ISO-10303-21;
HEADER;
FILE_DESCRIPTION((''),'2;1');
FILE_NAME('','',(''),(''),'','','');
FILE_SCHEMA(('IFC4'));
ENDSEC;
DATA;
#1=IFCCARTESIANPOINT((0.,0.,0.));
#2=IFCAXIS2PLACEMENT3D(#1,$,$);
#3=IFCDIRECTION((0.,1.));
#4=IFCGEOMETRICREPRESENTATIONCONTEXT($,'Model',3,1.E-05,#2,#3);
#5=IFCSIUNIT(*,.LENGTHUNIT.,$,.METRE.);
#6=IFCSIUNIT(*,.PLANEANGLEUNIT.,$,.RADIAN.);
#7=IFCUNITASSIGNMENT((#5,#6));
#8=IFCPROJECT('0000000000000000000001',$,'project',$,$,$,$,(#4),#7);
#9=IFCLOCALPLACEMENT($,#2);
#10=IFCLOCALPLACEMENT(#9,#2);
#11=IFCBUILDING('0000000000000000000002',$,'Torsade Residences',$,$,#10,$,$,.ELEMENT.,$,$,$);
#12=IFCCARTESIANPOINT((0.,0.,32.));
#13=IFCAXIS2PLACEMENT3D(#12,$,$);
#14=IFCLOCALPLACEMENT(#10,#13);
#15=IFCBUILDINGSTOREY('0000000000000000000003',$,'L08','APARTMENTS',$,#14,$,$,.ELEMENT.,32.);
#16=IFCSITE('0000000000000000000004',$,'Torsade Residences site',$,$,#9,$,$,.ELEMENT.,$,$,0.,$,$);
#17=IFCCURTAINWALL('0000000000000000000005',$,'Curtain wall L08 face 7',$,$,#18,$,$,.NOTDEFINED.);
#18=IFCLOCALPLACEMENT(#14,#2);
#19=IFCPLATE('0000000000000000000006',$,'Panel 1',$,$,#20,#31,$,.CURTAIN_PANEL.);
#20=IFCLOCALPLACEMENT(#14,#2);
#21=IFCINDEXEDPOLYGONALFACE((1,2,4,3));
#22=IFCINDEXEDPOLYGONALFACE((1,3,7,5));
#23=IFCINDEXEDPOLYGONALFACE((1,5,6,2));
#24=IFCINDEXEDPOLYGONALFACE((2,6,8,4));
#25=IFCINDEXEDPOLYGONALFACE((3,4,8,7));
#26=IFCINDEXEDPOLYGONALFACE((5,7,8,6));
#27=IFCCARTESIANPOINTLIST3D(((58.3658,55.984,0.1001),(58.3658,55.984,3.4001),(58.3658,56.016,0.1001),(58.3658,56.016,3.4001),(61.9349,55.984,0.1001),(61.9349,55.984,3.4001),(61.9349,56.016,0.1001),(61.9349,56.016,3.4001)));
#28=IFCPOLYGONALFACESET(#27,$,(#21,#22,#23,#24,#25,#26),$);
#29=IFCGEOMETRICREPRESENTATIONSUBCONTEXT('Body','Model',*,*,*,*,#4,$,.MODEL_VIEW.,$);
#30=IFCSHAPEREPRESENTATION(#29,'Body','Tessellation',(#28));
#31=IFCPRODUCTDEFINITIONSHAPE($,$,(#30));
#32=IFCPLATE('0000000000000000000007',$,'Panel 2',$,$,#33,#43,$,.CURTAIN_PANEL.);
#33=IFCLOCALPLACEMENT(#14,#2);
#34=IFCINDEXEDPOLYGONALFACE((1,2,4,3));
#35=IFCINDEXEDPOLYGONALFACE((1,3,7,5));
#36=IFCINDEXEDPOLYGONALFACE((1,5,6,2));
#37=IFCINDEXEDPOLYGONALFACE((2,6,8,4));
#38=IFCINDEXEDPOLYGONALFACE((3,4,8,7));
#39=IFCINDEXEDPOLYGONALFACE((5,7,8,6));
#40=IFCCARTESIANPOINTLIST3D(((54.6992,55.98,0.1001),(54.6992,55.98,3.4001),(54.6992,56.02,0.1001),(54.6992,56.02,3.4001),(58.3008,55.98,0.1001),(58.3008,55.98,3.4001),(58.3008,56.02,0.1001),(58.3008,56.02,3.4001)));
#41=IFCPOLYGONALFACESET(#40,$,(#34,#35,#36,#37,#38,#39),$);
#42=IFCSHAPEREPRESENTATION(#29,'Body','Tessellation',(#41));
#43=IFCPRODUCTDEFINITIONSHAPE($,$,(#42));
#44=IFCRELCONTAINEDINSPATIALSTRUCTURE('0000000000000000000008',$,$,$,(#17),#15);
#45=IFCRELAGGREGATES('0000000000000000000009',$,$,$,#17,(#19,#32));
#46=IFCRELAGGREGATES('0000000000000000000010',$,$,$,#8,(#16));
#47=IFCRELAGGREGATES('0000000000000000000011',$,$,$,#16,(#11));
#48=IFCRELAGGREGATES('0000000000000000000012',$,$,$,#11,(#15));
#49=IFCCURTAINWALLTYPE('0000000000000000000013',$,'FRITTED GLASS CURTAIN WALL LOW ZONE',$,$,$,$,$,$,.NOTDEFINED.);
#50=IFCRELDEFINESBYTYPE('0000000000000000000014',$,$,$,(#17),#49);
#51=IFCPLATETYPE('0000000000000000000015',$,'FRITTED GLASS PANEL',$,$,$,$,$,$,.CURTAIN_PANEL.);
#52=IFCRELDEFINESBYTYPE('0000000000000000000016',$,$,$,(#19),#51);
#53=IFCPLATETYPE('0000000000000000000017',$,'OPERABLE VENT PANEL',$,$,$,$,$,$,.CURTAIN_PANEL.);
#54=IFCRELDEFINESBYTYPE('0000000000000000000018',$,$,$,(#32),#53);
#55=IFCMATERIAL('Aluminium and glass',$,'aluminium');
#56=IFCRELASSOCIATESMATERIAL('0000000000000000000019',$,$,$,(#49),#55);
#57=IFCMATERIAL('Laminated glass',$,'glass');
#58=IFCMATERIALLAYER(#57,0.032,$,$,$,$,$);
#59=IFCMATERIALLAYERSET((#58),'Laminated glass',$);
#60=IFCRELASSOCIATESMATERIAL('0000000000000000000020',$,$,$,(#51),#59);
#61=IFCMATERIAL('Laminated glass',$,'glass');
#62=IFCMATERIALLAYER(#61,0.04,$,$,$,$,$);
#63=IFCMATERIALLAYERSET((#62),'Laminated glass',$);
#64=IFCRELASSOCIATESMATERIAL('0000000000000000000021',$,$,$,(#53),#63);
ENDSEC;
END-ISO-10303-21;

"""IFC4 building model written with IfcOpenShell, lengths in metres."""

from ifc_helpers import new_model, si_unit, direction, frame, origin, origin_2d, place, context, subcontext, project, spatial, rectangle, extrude, material, layer, layer_set, type_object, element, aggregate, save


model = new_model("IFC4")

# Units and contexts
model_context = context("Model", 3, precision=1e-05, world=origin(), true_north=direction((0.0, 1.0)))
body_context = subcontext(model_context, "Body", "Model", "MODEL_VIEW")
ifc_project = project(units=[si_unit("LENGTHUNIT", "METRE"), si_unit("PLANEANGLEUNIT", "RADIAN")], contexts=[model_context])

# Site, building, storey
site_placement = place(None, origin())
site = spatial("IfcSite", under=ifc_project, at=site_placement, Name="Torsade Residences site", CompositionType="ELEMENT", RefElevation=0.0)
building_placement = place(site_placement, origin())
building = spatial("IfcBuilding", under=site, at=building_placement, Name="Torsade Residences", CompositionType="ELEMENT")
storey_placement = place(building_placement, frame((0.0, 0.0, 32.0)))
storey = spatial("IfcBuildingStorey", under=building, at=storey_placement, Name="L08", Description="APARTMENTS", CompositionType="ELEMENT", Elevation=32.0)

# Curtain wall
ifc_material_1 = material(Name="Aluminium and glass", Category="aluminium")
curtain_wall_type = type_object("IfcCurtainWallType", Name="FRITTED GLASS CURTAIN WALL LOW ZONE", PredefinedType="NOTDEFINED", material=ifc_material_1)
curtain_wall_placement = place(storey_placement, origin())
curtain_wall = element("IfcCurtainWall", 1, at=curtain_wall_placement, inside=storey, type_object=curtain_wall_type, Name="Curtain wall L08 face 7", PredefinedType="NOTDEFINED")

# Plates
ifc_material_2 = material(Name="Laminated glass", Category="glass")
ifc_layer_1 = layer(ifc_material_2, 0.032)
ifc_layer_set_1 = layer_set([ifc_layer_1], Name="Laminated glass")
plate_type_1 = type_object("IfcPlateType", Name="FRITTED GLASS PANEL", PredefinedType="CURTAIN_PANEL", material=ifc_layer_set_1)
plate_1_placement = place(storey_placement, frame((60.1504, 56.0, 0.1001), z_axis=(0.0, 0.0, 1.0), x_axis=(-1.0, 0.0, 0.0)))
plate_1 = element("IfcPlate", 2, at=plate_1_placement, type_object=plate_type_1, Name="Panel 1", PredefinedType="CURTAIN_PANEL", context=body_context, shape_type="SweptSolid", body=[
    extrude(rectangle(XDim=3.5691, YDim=0.032, at=origin_2d()), origin(), (0.0, 0.0, 1.0), 3.3),
])
ifc_material_3 = material(Name="Laminated glass", Category="glass")
ifc_layer_2 = layer(ifc_material_3, 0.04)
ifc_layer_set_2 = layer_set([ifc_layer_2], Name="Laminated glass")
plate_type_2 = type_object("IfcPlateType", Name="OPERABLE VENT PANEL", PredefinedType="CURTAIN_PANEL", material=ifc_layer_set_2)
plate_2_placement = place(storey_placement, frame((56.5, 56.0, 0.1001), z_axis=(0.0, 0.0, 1.0), x_axis=(-1.0, 0.0, 0.0)))
plate_2 = element("IfcPlate", 3, at=plate_2_placement, type_object=plate_type_2, Name="Panel 2", PredefinedType="CURTAIN_PANEL", context=body_context, shape_type="SweptSolid", body=[
    extrude(rectangle(XDim=3.6016, YDim=0.04, at=origin_2d()), origin(), (0.0, 0.0, 1.0), 3.3),
])
aggregate(curtain_wall, [plate_1, plate_2])

save(model, "model.ifc")
